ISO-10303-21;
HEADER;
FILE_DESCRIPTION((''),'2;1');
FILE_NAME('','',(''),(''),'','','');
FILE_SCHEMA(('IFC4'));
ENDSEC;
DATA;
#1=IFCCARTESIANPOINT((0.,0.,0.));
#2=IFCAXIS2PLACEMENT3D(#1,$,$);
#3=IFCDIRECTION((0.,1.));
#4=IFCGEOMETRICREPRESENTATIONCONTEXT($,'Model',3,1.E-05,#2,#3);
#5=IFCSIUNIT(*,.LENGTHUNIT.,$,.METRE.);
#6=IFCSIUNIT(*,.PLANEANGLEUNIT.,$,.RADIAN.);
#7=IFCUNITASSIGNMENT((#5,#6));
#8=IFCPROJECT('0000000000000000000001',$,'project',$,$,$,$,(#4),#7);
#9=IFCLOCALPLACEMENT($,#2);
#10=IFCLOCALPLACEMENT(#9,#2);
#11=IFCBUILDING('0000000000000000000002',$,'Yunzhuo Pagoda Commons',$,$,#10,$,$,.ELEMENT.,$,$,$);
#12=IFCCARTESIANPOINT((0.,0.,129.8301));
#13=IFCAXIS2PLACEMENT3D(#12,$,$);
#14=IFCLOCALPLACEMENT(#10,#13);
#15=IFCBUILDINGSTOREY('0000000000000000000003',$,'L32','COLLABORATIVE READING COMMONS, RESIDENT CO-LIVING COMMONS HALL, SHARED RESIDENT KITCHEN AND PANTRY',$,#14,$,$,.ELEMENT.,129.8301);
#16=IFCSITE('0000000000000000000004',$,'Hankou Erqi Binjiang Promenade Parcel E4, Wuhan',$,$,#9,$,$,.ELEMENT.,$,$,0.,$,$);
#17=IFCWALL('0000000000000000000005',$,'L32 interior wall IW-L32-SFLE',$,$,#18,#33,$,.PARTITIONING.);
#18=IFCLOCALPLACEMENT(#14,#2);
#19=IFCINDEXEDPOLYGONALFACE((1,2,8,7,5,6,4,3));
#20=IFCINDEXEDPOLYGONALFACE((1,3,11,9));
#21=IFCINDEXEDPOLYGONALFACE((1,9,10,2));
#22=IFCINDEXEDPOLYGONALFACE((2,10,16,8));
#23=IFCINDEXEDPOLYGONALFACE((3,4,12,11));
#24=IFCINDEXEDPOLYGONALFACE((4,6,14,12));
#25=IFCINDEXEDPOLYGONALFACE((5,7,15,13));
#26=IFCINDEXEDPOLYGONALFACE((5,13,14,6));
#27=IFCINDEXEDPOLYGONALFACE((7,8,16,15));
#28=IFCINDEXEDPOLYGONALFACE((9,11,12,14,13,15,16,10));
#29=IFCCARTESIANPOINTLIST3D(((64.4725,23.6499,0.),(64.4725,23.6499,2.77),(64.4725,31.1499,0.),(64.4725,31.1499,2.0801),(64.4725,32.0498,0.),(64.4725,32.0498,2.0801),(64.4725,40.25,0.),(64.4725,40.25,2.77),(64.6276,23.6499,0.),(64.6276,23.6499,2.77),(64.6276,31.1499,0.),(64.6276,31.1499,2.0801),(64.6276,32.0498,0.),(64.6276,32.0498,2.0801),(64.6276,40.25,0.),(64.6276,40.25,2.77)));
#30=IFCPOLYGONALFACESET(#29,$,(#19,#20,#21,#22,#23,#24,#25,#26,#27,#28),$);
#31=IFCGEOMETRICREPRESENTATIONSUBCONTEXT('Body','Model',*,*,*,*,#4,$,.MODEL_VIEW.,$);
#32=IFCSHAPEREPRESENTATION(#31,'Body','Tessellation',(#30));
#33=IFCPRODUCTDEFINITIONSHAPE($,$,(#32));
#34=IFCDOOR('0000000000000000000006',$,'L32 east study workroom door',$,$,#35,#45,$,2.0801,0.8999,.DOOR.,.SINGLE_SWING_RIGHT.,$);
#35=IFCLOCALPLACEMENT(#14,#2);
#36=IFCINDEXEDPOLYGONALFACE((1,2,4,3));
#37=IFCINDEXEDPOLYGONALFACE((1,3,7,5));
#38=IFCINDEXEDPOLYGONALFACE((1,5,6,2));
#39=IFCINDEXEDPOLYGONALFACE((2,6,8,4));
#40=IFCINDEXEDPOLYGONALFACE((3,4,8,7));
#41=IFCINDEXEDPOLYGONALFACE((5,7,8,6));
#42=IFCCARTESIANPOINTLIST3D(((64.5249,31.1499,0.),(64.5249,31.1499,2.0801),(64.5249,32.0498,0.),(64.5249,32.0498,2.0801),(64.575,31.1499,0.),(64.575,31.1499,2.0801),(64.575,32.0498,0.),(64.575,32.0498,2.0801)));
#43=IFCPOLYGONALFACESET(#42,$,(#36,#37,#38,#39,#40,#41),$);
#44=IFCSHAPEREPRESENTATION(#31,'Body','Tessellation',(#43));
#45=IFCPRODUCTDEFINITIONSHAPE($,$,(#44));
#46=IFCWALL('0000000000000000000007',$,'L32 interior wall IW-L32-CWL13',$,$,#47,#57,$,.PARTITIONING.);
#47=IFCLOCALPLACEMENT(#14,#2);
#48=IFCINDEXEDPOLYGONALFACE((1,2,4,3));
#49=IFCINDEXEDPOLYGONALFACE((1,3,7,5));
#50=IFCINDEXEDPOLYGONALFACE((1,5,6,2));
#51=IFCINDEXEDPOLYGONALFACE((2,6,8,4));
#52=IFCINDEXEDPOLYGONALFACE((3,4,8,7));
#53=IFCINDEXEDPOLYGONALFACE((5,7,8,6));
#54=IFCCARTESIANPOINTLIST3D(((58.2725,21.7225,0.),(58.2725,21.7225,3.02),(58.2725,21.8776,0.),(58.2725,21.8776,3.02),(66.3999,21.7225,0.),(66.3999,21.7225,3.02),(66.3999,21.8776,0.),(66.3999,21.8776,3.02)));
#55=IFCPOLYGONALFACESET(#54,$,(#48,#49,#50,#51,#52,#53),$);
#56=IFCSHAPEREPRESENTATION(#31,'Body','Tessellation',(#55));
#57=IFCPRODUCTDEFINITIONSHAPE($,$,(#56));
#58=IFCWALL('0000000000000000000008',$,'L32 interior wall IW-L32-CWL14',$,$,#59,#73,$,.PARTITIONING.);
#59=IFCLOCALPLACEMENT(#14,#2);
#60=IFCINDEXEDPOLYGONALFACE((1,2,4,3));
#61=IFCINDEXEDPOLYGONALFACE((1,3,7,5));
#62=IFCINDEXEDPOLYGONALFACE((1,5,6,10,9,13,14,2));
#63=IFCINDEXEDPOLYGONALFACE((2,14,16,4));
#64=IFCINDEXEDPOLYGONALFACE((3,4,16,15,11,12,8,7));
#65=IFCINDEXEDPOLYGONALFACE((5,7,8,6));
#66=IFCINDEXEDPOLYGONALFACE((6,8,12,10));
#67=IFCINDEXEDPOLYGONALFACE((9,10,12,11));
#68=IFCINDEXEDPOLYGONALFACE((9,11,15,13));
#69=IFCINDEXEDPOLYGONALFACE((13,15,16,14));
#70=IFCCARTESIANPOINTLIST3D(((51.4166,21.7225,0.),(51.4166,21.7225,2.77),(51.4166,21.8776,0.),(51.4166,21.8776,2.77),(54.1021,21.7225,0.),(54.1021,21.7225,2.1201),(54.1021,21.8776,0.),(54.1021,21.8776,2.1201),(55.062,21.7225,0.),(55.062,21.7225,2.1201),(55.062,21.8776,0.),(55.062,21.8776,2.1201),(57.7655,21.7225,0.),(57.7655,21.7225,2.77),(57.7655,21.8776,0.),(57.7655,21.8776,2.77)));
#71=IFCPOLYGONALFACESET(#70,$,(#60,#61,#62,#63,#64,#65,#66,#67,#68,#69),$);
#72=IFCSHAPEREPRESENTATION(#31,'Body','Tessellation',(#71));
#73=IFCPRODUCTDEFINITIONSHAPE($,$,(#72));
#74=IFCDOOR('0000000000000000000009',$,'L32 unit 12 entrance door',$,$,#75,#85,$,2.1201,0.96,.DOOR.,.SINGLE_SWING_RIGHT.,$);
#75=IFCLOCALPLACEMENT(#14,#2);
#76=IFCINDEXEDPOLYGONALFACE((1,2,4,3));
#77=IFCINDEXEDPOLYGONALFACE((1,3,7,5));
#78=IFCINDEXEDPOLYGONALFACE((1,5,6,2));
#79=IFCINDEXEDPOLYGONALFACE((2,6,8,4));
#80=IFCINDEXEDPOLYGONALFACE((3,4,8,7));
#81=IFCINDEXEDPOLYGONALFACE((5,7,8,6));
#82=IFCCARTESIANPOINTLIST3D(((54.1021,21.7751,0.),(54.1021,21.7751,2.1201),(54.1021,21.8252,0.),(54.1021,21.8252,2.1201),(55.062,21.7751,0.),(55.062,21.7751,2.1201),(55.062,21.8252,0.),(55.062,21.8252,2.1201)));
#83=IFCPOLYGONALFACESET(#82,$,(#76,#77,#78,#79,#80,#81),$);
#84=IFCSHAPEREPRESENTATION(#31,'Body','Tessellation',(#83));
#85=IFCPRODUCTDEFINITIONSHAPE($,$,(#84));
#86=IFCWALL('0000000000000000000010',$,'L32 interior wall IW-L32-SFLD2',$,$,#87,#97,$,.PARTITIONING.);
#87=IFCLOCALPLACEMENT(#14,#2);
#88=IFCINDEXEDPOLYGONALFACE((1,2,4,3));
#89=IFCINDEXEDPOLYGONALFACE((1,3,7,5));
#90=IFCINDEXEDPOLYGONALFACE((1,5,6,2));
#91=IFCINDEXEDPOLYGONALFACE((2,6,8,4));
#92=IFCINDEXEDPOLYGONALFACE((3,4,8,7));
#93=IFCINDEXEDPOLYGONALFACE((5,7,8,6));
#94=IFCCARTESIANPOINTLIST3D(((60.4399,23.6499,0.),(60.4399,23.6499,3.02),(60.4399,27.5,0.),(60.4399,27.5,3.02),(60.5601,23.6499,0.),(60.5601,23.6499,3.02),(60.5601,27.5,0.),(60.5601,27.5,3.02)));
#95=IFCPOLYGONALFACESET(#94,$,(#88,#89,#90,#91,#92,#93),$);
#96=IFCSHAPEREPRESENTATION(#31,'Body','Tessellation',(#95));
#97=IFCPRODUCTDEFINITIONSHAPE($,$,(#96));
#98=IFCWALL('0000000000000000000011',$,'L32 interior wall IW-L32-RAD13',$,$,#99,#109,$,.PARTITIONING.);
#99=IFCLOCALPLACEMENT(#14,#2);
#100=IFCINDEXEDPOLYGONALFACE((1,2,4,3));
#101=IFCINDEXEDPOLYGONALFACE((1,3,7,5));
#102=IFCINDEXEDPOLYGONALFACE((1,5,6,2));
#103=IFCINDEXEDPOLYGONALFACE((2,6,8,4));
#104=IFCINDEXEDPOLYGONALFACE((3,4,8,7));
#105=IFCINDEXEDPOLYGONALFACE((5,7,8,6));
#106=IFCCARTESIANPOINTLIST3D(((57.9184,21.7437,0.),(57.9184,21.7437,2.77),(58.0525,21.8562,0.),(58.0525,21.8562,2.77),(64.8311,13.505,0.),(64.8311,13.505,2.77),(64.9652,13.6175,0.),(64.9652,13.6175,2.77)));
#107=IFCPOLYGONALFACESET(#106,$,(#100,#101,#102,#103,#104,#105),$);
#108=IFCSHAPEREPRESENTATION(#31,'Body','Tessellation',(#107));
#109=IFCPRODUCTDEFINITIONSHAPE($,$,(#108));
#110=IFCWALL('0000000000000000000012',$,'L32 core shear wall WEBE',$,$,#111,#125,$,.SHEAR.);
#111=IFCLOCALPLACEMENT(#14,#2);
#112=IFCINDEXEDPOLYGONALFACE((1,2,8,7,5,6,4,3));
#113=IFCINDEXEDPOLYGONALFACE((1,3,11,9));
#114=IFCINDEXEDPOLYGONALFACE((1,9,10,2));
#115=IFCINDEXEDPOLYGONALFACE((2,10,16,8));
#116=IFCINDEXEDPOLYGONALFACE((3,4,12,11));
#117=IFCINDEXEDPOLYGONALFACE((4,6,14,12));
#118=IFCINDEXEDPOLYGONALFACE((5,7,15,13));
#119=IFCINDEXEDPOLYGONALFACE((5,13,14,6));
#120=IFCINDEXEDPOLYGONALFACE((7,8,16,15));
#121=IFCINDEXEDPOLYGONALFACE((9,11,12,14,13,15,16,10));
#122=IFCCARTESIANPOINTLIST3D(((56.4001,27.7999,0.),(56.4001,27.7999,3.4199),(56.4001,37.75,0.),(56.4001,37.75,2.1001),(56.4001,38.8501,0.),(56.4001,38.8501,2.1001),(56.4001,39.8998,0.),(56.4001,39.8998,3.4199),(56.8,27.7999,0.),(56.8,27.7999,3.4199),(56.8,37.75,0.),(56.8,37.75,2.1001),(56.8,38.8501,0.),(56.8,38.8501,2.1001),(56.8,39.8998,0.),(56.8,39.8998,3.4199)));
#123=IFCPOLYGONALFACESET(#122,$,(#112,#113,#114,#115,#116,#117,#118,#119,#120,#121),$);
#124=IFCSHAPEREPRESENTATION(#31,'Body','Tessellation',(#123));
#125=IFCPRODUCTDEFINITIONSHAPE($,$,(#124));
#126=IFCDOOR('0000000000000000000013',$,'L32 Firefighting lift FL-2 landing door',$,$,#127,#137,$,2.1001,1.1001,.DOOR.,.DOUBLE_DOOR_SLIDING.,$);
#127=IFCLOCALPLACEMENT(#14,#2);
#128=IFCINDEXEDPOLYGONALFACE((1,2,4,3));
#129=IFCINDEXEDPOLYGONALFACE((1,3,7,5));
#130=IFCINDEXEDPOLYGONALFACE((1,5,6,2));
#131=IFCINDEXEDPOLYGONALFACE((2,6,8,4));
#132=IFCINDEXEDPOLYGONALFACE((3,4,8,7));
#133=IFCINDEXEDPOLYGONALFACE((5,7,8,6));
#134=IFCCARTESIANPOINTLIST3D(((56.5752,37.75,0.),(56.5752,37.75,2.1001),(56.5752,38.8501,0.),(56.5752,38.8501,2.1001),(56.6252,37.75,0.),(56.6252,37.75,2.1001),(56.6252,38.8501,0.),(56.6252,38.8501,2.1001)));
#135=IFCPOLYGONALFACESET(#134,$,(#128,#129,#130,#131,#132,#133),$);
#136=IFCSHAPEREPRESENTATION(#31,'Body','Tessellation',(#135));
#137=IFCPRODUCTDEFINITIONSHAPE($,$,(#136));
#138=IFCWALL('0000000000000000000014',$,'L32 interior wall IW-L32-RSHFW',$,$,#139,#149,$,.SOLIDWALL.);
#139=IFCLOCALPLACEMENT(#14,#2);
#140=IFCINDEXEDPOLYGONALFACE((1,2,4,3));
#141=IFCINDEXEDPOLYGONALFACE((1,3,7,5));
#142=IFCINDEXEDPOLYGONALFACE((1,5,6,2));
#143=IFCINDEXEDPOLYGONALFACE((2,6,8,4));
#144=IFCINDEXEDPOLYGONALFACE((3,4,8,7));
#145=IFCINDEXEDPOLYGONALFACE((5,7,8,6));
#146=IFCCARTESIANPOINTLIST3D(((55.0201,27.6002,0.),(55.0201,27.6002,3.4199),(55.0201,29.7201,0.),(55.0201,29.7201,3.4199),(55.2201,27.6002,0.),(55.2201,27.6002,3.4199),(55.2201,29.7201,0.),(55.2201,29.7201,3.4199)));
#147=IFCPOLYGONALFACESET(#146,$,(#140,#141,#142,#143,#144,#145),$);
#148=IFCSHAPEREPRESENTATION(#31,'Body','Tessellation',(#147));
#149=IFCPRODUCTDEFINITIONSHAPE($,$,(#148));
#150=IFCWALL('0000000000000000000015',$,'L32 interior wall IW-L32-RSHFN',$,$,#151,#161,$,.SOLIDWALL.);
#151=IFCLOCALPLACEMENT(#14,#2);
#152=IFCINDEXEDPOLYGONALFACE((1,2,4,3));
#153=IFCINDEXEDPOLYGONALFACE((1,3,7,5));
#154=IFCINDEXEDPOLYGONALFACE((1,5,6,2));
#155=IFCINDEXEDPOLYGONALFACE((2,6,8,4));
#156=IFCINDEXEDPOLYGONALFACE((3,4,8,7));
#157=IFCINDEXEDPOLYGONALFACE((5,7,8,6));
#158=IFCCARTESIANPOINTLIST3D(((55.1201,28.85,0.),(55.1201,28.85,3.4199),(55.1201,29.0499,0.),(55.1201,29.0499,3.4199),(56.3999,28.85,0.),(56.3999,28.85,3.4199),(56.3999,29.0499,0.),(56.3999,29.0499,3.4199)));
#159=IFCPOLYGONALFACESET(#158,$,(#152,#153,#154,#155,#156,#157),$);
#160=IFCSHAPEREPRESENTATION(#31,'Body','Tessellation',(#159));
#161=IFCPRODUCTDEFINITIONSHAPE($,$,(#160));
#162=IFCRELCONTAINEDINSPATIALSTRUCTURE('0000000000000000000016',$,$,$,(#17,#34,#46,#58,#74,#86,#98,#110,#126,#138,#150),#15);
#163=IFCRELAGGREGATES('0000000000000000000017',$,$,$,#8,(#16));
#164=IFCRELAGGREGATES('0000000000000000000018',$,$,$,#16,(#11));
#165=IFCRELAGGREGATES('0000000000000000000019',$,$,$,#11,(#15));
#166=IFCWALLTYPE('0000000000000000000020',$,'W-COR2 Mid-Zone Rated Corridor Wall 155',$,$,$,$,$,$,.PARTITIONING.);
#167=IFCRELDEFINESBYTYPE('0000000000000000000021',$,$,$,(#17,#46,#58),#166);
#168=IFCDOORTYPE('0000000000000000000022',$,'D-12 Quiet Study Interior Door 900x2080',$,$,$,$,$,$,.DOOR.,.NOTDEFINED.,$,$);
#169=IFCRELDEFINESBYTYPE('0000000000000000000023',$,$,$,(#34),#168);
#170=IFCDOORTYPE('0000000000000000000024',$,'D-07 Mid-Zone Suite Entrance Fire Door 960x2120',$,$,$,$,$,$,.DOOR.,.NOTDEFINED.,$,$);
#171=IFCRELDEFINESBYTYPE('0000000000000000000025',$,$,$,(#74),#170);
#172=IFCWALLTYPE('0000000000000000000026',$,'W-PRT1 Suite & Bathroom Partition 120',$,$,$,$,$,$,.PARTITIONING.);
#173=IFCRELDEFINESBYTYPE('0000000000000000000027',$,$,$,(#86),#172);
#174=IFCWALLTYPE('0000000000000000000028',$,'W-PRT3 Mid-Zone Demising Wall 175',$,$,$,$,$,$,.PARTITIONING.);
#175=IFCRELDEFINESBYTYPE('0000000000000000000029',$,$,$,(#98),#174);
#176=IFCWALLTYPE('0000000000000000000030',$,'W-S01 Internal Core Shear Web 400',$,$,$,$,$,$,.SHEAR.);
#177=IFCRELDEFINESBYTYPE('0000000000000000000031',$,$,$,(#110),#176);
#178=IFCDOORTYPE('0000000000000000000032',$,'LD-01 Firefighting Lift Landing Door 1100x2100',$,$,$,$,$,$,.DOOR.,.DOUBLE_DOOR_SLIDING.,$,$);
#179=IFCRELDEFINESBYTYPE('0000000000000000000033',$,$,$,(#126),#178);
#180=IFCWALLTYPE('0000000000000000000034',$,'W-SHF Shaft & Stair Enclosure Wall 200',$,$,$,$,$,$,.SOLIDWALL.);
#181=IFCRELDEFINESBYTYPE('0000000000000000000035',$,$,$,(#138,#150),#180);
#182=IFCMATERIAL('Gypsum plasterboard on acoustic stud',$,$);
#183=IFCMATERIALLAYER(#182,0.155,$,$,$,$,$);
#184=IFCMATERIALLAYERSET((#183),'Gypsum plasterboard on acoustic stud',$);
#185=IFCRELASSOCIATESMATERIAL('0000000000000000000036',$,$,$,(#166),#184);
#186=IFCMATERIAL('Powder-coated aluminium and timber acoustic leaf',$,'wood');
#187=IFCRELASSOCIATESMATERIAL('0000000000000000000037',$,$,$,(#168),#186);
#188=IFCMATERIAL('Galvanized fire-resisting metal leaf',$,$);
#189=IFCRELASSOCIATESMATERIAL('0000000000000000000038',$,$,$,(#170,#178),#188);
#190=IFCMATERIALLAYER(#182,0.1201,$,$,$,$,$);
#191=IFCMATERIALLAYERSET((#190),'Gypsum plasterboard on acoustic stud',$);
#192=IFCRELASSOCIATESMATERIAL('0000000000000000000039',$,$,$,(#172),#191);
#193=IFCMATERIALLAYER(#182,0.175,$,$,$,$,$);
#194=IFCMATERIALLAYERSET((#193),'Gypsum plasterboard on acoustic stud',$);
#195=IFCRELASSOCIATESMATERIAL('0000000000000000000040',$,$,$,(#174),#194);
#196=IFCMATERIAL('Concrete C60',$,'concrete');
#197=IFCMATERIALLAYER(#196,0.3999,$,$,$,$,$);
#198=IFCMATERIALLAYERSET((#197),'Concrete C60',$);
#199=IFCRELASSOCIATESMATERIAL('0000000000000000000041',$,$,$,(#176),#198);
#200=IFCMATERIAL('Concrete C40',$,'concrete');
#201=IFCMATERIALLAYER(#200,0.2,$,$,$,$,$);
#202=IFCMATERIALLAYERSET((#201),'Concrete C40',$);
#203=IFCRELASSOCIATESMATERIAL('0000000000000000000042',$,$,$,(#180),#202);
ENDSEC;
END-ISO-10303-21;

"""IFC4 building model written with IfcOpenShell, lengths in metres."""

from ifc_helpers import new_model, si_unit, direction, frame, frame_2d, origin, origin_with_axes, place, context, subcontext, project, spatial, rectangle, extrude, source, transform, mapped, material, layer, layer_set, type_object, element, fill, save


model = new_model("IFC4")

# Units and contexts
model_context = context("Model", 3, precision=1e-05, world=origin(), true_north=direction((0.0, 1.0)))
body_context = subcontext(model_context, "Body", "Model", "MODEL_VIEW")
ifc_project = project(units=[si_unit("LENGTHUNIT", "METRE"), si_unit("PLANEANGLEUNIT", "RADIAN")], contexts=[model_context])

# Site, building, storey
site_placement = place(None, origin())
site = spatial("IfcSite", under=ifc_project, at=site_placement, Name="Hankou Erqi Binjiang Promenade Parcel E4, Wuhan", CompositionType="ELEMENT", RefElevation=0.0)
building_placement = place(site_placement, origin())
building = spatial("IfcBuilding", under=site, at=building_placement, Name="Yunzhuo Pagoda Commons", CompositionType="ELEMENT")
storey_placement = place(building_placement, frame((0.0, 0.0, 129.8301)))
storey = spatial("IfcBuildingStorey", under=building, at=storey_placement, Name="L32", Description="COLLABORATIVE READING COMMONS, RESIDENT CO-LIVING COMMONS HALL, SHARED RESIDENT KITCHEN AND PANTRY", CompositionType="ELEMENT", Elevation=129.8301)

# Shared definitions
ifc_material_1 = material(Name="Concrete C60", Category="concrete")

# Wall, opening, door
ifc_material_2 = material(Name="Gypsum plasterboard on acoustic stud")
ifc_layer_1 = layer(ifc_material_2, 0.155)
ifc_layer_set_1 = layer_set([ifc_layer_1], Name="Gypsum plasterboard on acoustic stud")
wall_type_1 = type_object("IfcWallType", Name="W-COR2 Mid-Zone Rated Corridor Wall 155", PredefinedType="PARTITIONING", material=ifc_layer_set_1)
wall_1_placement = place(storey_placement, frame((64.55, 23.6499, 0.0), z_axis=(0.0, 0.0, 1.0), x_axis=(0.0, 1.0, 0.0)))
wall_1 = element("IfcWall", 1, at=wall_1_placement, inside=storey, type_object=wall_type_1, Name="L32 interior wall IW-L32-SFLE", PredefinedType="PARTITIONING", context=body_context, shape_type="SweptSolid", body=[
    extrude(rectangle(XDim=16.6001, YDim=0.155, at=frame_2d((8.3, 0.0))), origin(), (0.0, 0.0, 1.0), 2.77),
])
opening_1_placement = place(wall_1_placement, frame((7.5, 0.0, 0.0)))
opening_1 = element("IfcOpeningElement", 2, at=opening_1_placement, cuts=wall_1, PredefinedType="OPENING", context=body_context, shape_type="SweptSolid", body=[
    extrude(rectangle(XDim=0.8999, YDim=2.0801, at=frame_2d((0.45, 1.04))), frame((0.0, 0.0874, 0.0), z_axis=(0.0, -1.0, 0.0), x_axis=(1.0, 0.0, 0.0)), (0.0, 0.0, 1.0), 0.175),
])
ifc_material_3 = material(Name="Powder-coated aluminium and timber acoustic leaf", Category="wood")
door_type_1 = type_object("IfcDoorType", Name="D-12 Quiet Study Interior Door 900x2080", OperationType="NOTDEFINED", PredefinedType="DOOR", material=ifc_material_3)
shared_shape_1 = source(origin(), body_context, "Body", "SweptSolid", [
    extrude(rectangle(XDim=0.8999, YDim=2.0801, at=frame_2d((0.45, 1.04))), frame((0.0, 0.0249, 0.0), z_axis=(0.0, -1.0, 0.0), x_axis=(1.0, 0.0, 0.0)), (0.0, 0.0, 1.0), 0.05),
])
door_1_placement = place(opening_1_placement, frame((0.8999, 0.0, 0.0), z_axis=(0.0, 0.0, 1.0), x_axis=(-1.0, 0.0, 0.0)))
door_1 = element("IfcDoor", 3, at=door_1_placement, inside=storey, type_object=door_type_1, Name="L32 east study workroom door", OperationType="SINGLE_SWING_RIGHT", OverallHeight=2.0801, OverallWidth=0.8999, PredefinedType="DOOR", context=body_context, shape_type="MappedRepresentation", body=[
    mapped(shared_shape_1, transform((0.0, 0.0, 0.0), scale=1.0)),
])
fill(opening_1, door_1)

# Wall
wall_2_placement = place(storey_placement, frame((66.3999, 21.8, 0.0), z_axis=(0.0, 0.0, 1.0), x_axis=(-1.0, 0.0, 0.0)))
element("IfcWall", 4, at=wall_2_placement, inside=storey, type_object=wall_type_1, Name="L32 interior wall IW-L32-CWL13", PredefinedType="PARTITIONING", context=body_context, shape_type="SweptSolid", body=[
    extrude(rectangle(XDim=8.1274, YDim=0.155, at=frame_2d((4.0637, 0.0))), origin(), (0.0, 0.0, 1.0), 3.02),
])

# Wall, opening, door
wall_3_placement = place(storey_placement, frame((57.7654, 21.8, 0.0), z_axis=(0.0, 0.0, 1.0), x_axis=(-1.0, 0.0, 0.0)))
wall_3 = element("IfcWall", 5, at=wall_3_placement, inside=storey, type_object=wall_type_1, Name="L32 interior wall IW-L32-CWL14", PredefinedType="PARTITIONING", context=body_context, shape_type="SweptSolid", body=[
    extrude(rectangle(XDim=6.3489, YDim=0.155, at=frame_2d((3.1743, 0.0))), origin(), (0.0, 0.0, 1.0), 2.77),
])
opening_2_placement = place(wall_3_placement, frame((2.7034, 0.0, 0.0)))
opening_2 = element("IfcOpeningElement", 6, at=opening_2_placement, cuts=wall_3, PredefinedType="OPENING", context=body_context, shape_type="SweptSolid", body=[
    extrude(rectangle(XDim=0.96, YDim=2.1201, at=frame_2d((0.48, 1.0601))), frame((0.0, 0.0874, 0.0), z_axis=(0.0, -1.0, 0.0), x_axis=(1.0, 0.0, 0.0)), (0.0, 0.0, 1.0), 0.175),
])
ifc_material_4 = material(Name="Galvanized fire-resisting metal leaf")
door_type_2 = type_object("IfcDoorType", Name="D-07 Mid-Zone Suite Entrance Fire Door 960x2120", OperationType="NOTDEFINED", PredefinedType="DOOR", material=ifc_material_4)
shared_shape_2 = source(origin(), body_context, "Body", "SweptSolid", [
    extrude(rectangle(XDim=0.96, YDim=2.1201, at=frame_2d((0.48, 1.0601))), frame((0.0, 0.0249, 0.0), z_axis=(0.0, -1.0, 0.0), x_axis=(1.0, 0.0, 0.0)), (0.0, 0.0, 1.0), 0.05),
])
door_2_placement = place(opening_2_placement, origin_with_axes())
door_2 = element("IfcDoor", 7, at=door_2_placement, inside=storey, type_object=door_type_2, Name="L32 unit 12 entrance door", OperationType="SINGLE_SWING_RIGHT", OverallHeight=2.1201, OverallWidth=0.96, PredefinedType="DOOR", context=body_context, shape_type="MappedRepresentation", body=[
    mapped(shared_shape_2, transform((0.0, 0.0, 0.0), scale=1.0)),
])
fill(opening_2, door_2)

# Walls
ifc_layer_2 = layer(ifc_material_2, 0.1201)
ifc_layer_set_2 = layer_set([ifc_layer_2], Name="Gypsum plasterboard on acoustic stud")
wall_type_2 = type_object("IfcWallType", Name="W-PRT1 Suite & Bathroom Partition 120", PredefinedType="PARTITIONING", material=ifc_layer_set_2)
wall_4_placement = place(storey_placement, frame((60.5, 23.6499, 0.0), z_axis=(0.0, 0.0, 1.0), x_axis=(0.0, 1.0, 0.0)))
element("IfcWall", 8, at=wall_4_placement, inside=storey, type_object=wall_type_2, Name="L32 interior wall IW-L32-SFLD2", PredefinedType="PARTITIONING", context=body_context, shape_type="SweptSolid", body=[
    extrude(rectangle(XDim=3.8501, YDim=0.1201, at=frame_2d((1.925, 0.0))), origin(), (0.0, 0.0, 1.0), 3.02),
])
ifc_layer_3 = layer(ifc_material_2, 0.175)
ifc_layer_set_3 = layer_set([ifc_layer_3], Name="Gypsum plasterboard on acoustic stud")
wall_type_3 = type_object("IfcWallType", Name="W-PRT3 Mid-Zone Demising Wall 175", PredefinedType="PARTITIONING", material=ifc_layer_set_3)
wall_5_placement = place(storey_placement, frame((57.9854, 21.8, 0.0), z_axis=(0.0, 0.0, 1.0), x_axis=(0.642771, -0.766058, 0.0)))
element("IfcWall", 9, at=wall_5_placement, inside=storey, type_object=wall_type_3, Name="L32 interior wall IW-L32-RAD13", PredefinedType="PARTITIONING", context=body_context, shape_type="SweptSolid", body=[
    extrude(rectangle(XDim=10.7546, YDim=0.175, at=frame_2d((5.3774, 0.0))), origin(), (0.0, 0.0, 1.0), 2.77),
])

# Wall, opening, door
ifc_layer_4 = layer(ifc_material_1, 0.3999)
ifc_layer_set_4 = layer_set([ifc_layer_4], Name="Concrete C60")
wall_type_4 = type_object("IfcWallType", Name="W-S01 Internal Core Shear Web 400", PredefinedType="SHEAR", material=ifc_layer_set_4)
wall_6_placement = place(storey_placement, frame((56.6001, 27.8, 0.0), z_axis=(0.0, 0.0, 1.0), x_axis=(0.0, 1.0, 0.0)))
wall_6 = element("IfcWall", 10, at=wall_6_placement, inside=storey, type_object=wall_type_4, Name="L32 core shear wall WEBE", PredefinedType="SHEAR", context=body_context, shape_type="SweptSolid", body=[
    extrude(rectangle(XDim=12.0999, YDim=0.3999, at=frame_2d((6.0498, 0.0))), origin(), (0.0, 0.0, 1.0), 3.4199),
])
opening_3_placement = place(wall_6_placement, frame((9.95, 0.0, 0.0)))
opening_3 = element("IfcOpeningElement", 11, at=opening_3_placement, cuts=wall_6, PredefinedType="OPENING", context=body_context, shape_type="SweptSolid", body=[
    extrude(rectangle(XDim=1.1001, YDim=2.1001, at=frame_2d((0.55, 1.05))), frame((0.0, 0.21, 0.0), z_axis=(0.0, -1.0, 0.0), x_axis=(1.0, 0.0, 0.0)), (0.0, 0.0, 1.0), 0.4199),
])
door_type_3 = type_object("IfcDoorType", Name="LD-01 Firefighting Lift Landing Door 1100x2100", OperationType="DOUBLE_DOOR_SLIDING", PredefinedType="DOOR", material=ifc_material_4)
shared_shape_3 = source(origin(), body_context, "Body", "SweptSolid", [
    extrude(rectangle(XDim=1.1001, YDim=2.1001, at=frame_2d((0.55, 1.05))), frame((0.0, 0.0249, 0.0), z_axis=(0.0, -1.0, 0.0), x_axis=(1.0, 0.0, 0.0)), (0.0, 0.0, 1.0), 0.05),
])
door_3_placement = place(opening_3_placement, origin_with_axes())
door_3 = element("IfcDoor", 12, at=door_3_placement, inside=storey, type_object=door_type_3, Name="L32 Firefighting lift FL-2 landing door", OperationType="DOUBLE_DOOR_SLIDING", OverallHeight=2.1001, OverallWidth=1.1001, PredefinedType="DOOR", context=body_context, shape_type="MappedRepresentation", body=[
    mapped(shared_shape_3, transform((0.0, 0.0, 0.0), scale=1.0)),
])
fill(opening_3, door_3)

# Walls
ifc_material_5 = material(Name="Concrete C40", Category="concrete")
ifc_layer_5 = layer(ifc_material_5, 0.2)
ifc_layer_set_5 = layer_set([ifc_layer_5], Name="Concrete C40")
wall_type_5 = type_object("IfcWallType", Name="W-SHF Shaft & Stair Enclosure Wall 200", PredefinedType="SOLIDWALL", material=ifc_layer_set_5)
wall_7_placement = place(storey_placement, frame((55.1201, 27.6001, 0.0), z_axis=(0.0, 0.0, 1.0), x_axis=(0.0, 1.0, 0.0)))
element("IfcWall", 13, at=wall_7_placement, inside=storey, type_object=wall_type_5, Name="L32 interior wall IW-L32-RSHFW", PredefinedType="SOLIDWALL", context=body_context, shape_type="SweptSolid", body=[
    extrude(rectangle(XDim=2.1199, YDim=0.2, at=frame_2d((1.0601, 0.0))), origin(), (0.0, 0.0, 1.0), 3.4199),
])
wall_8_placement = place(storey_placement, frame((55.1201, 28.95, 0.0), z_axis=(0.0, 0.0, 1.0), x_axis=(1.0, 0.0, 0.0)))
element("IfcWall", 14, at=wall_8_placement, inside=storey, type_object=wall_type_5, Name="L32 interior wall IW-L32-RSHFN", PredefinedType="SOLIDWALL", context=body_context, shape_type="SweptSolid", body=[
    extrude(rectangle(XDim=1.2798, YDim=0.2, at=frame_2d((0.6399, 0.0))), origin(), (0.0, 0.0, 1.0), 3.4199),
])

save(model, "model.ifc")
